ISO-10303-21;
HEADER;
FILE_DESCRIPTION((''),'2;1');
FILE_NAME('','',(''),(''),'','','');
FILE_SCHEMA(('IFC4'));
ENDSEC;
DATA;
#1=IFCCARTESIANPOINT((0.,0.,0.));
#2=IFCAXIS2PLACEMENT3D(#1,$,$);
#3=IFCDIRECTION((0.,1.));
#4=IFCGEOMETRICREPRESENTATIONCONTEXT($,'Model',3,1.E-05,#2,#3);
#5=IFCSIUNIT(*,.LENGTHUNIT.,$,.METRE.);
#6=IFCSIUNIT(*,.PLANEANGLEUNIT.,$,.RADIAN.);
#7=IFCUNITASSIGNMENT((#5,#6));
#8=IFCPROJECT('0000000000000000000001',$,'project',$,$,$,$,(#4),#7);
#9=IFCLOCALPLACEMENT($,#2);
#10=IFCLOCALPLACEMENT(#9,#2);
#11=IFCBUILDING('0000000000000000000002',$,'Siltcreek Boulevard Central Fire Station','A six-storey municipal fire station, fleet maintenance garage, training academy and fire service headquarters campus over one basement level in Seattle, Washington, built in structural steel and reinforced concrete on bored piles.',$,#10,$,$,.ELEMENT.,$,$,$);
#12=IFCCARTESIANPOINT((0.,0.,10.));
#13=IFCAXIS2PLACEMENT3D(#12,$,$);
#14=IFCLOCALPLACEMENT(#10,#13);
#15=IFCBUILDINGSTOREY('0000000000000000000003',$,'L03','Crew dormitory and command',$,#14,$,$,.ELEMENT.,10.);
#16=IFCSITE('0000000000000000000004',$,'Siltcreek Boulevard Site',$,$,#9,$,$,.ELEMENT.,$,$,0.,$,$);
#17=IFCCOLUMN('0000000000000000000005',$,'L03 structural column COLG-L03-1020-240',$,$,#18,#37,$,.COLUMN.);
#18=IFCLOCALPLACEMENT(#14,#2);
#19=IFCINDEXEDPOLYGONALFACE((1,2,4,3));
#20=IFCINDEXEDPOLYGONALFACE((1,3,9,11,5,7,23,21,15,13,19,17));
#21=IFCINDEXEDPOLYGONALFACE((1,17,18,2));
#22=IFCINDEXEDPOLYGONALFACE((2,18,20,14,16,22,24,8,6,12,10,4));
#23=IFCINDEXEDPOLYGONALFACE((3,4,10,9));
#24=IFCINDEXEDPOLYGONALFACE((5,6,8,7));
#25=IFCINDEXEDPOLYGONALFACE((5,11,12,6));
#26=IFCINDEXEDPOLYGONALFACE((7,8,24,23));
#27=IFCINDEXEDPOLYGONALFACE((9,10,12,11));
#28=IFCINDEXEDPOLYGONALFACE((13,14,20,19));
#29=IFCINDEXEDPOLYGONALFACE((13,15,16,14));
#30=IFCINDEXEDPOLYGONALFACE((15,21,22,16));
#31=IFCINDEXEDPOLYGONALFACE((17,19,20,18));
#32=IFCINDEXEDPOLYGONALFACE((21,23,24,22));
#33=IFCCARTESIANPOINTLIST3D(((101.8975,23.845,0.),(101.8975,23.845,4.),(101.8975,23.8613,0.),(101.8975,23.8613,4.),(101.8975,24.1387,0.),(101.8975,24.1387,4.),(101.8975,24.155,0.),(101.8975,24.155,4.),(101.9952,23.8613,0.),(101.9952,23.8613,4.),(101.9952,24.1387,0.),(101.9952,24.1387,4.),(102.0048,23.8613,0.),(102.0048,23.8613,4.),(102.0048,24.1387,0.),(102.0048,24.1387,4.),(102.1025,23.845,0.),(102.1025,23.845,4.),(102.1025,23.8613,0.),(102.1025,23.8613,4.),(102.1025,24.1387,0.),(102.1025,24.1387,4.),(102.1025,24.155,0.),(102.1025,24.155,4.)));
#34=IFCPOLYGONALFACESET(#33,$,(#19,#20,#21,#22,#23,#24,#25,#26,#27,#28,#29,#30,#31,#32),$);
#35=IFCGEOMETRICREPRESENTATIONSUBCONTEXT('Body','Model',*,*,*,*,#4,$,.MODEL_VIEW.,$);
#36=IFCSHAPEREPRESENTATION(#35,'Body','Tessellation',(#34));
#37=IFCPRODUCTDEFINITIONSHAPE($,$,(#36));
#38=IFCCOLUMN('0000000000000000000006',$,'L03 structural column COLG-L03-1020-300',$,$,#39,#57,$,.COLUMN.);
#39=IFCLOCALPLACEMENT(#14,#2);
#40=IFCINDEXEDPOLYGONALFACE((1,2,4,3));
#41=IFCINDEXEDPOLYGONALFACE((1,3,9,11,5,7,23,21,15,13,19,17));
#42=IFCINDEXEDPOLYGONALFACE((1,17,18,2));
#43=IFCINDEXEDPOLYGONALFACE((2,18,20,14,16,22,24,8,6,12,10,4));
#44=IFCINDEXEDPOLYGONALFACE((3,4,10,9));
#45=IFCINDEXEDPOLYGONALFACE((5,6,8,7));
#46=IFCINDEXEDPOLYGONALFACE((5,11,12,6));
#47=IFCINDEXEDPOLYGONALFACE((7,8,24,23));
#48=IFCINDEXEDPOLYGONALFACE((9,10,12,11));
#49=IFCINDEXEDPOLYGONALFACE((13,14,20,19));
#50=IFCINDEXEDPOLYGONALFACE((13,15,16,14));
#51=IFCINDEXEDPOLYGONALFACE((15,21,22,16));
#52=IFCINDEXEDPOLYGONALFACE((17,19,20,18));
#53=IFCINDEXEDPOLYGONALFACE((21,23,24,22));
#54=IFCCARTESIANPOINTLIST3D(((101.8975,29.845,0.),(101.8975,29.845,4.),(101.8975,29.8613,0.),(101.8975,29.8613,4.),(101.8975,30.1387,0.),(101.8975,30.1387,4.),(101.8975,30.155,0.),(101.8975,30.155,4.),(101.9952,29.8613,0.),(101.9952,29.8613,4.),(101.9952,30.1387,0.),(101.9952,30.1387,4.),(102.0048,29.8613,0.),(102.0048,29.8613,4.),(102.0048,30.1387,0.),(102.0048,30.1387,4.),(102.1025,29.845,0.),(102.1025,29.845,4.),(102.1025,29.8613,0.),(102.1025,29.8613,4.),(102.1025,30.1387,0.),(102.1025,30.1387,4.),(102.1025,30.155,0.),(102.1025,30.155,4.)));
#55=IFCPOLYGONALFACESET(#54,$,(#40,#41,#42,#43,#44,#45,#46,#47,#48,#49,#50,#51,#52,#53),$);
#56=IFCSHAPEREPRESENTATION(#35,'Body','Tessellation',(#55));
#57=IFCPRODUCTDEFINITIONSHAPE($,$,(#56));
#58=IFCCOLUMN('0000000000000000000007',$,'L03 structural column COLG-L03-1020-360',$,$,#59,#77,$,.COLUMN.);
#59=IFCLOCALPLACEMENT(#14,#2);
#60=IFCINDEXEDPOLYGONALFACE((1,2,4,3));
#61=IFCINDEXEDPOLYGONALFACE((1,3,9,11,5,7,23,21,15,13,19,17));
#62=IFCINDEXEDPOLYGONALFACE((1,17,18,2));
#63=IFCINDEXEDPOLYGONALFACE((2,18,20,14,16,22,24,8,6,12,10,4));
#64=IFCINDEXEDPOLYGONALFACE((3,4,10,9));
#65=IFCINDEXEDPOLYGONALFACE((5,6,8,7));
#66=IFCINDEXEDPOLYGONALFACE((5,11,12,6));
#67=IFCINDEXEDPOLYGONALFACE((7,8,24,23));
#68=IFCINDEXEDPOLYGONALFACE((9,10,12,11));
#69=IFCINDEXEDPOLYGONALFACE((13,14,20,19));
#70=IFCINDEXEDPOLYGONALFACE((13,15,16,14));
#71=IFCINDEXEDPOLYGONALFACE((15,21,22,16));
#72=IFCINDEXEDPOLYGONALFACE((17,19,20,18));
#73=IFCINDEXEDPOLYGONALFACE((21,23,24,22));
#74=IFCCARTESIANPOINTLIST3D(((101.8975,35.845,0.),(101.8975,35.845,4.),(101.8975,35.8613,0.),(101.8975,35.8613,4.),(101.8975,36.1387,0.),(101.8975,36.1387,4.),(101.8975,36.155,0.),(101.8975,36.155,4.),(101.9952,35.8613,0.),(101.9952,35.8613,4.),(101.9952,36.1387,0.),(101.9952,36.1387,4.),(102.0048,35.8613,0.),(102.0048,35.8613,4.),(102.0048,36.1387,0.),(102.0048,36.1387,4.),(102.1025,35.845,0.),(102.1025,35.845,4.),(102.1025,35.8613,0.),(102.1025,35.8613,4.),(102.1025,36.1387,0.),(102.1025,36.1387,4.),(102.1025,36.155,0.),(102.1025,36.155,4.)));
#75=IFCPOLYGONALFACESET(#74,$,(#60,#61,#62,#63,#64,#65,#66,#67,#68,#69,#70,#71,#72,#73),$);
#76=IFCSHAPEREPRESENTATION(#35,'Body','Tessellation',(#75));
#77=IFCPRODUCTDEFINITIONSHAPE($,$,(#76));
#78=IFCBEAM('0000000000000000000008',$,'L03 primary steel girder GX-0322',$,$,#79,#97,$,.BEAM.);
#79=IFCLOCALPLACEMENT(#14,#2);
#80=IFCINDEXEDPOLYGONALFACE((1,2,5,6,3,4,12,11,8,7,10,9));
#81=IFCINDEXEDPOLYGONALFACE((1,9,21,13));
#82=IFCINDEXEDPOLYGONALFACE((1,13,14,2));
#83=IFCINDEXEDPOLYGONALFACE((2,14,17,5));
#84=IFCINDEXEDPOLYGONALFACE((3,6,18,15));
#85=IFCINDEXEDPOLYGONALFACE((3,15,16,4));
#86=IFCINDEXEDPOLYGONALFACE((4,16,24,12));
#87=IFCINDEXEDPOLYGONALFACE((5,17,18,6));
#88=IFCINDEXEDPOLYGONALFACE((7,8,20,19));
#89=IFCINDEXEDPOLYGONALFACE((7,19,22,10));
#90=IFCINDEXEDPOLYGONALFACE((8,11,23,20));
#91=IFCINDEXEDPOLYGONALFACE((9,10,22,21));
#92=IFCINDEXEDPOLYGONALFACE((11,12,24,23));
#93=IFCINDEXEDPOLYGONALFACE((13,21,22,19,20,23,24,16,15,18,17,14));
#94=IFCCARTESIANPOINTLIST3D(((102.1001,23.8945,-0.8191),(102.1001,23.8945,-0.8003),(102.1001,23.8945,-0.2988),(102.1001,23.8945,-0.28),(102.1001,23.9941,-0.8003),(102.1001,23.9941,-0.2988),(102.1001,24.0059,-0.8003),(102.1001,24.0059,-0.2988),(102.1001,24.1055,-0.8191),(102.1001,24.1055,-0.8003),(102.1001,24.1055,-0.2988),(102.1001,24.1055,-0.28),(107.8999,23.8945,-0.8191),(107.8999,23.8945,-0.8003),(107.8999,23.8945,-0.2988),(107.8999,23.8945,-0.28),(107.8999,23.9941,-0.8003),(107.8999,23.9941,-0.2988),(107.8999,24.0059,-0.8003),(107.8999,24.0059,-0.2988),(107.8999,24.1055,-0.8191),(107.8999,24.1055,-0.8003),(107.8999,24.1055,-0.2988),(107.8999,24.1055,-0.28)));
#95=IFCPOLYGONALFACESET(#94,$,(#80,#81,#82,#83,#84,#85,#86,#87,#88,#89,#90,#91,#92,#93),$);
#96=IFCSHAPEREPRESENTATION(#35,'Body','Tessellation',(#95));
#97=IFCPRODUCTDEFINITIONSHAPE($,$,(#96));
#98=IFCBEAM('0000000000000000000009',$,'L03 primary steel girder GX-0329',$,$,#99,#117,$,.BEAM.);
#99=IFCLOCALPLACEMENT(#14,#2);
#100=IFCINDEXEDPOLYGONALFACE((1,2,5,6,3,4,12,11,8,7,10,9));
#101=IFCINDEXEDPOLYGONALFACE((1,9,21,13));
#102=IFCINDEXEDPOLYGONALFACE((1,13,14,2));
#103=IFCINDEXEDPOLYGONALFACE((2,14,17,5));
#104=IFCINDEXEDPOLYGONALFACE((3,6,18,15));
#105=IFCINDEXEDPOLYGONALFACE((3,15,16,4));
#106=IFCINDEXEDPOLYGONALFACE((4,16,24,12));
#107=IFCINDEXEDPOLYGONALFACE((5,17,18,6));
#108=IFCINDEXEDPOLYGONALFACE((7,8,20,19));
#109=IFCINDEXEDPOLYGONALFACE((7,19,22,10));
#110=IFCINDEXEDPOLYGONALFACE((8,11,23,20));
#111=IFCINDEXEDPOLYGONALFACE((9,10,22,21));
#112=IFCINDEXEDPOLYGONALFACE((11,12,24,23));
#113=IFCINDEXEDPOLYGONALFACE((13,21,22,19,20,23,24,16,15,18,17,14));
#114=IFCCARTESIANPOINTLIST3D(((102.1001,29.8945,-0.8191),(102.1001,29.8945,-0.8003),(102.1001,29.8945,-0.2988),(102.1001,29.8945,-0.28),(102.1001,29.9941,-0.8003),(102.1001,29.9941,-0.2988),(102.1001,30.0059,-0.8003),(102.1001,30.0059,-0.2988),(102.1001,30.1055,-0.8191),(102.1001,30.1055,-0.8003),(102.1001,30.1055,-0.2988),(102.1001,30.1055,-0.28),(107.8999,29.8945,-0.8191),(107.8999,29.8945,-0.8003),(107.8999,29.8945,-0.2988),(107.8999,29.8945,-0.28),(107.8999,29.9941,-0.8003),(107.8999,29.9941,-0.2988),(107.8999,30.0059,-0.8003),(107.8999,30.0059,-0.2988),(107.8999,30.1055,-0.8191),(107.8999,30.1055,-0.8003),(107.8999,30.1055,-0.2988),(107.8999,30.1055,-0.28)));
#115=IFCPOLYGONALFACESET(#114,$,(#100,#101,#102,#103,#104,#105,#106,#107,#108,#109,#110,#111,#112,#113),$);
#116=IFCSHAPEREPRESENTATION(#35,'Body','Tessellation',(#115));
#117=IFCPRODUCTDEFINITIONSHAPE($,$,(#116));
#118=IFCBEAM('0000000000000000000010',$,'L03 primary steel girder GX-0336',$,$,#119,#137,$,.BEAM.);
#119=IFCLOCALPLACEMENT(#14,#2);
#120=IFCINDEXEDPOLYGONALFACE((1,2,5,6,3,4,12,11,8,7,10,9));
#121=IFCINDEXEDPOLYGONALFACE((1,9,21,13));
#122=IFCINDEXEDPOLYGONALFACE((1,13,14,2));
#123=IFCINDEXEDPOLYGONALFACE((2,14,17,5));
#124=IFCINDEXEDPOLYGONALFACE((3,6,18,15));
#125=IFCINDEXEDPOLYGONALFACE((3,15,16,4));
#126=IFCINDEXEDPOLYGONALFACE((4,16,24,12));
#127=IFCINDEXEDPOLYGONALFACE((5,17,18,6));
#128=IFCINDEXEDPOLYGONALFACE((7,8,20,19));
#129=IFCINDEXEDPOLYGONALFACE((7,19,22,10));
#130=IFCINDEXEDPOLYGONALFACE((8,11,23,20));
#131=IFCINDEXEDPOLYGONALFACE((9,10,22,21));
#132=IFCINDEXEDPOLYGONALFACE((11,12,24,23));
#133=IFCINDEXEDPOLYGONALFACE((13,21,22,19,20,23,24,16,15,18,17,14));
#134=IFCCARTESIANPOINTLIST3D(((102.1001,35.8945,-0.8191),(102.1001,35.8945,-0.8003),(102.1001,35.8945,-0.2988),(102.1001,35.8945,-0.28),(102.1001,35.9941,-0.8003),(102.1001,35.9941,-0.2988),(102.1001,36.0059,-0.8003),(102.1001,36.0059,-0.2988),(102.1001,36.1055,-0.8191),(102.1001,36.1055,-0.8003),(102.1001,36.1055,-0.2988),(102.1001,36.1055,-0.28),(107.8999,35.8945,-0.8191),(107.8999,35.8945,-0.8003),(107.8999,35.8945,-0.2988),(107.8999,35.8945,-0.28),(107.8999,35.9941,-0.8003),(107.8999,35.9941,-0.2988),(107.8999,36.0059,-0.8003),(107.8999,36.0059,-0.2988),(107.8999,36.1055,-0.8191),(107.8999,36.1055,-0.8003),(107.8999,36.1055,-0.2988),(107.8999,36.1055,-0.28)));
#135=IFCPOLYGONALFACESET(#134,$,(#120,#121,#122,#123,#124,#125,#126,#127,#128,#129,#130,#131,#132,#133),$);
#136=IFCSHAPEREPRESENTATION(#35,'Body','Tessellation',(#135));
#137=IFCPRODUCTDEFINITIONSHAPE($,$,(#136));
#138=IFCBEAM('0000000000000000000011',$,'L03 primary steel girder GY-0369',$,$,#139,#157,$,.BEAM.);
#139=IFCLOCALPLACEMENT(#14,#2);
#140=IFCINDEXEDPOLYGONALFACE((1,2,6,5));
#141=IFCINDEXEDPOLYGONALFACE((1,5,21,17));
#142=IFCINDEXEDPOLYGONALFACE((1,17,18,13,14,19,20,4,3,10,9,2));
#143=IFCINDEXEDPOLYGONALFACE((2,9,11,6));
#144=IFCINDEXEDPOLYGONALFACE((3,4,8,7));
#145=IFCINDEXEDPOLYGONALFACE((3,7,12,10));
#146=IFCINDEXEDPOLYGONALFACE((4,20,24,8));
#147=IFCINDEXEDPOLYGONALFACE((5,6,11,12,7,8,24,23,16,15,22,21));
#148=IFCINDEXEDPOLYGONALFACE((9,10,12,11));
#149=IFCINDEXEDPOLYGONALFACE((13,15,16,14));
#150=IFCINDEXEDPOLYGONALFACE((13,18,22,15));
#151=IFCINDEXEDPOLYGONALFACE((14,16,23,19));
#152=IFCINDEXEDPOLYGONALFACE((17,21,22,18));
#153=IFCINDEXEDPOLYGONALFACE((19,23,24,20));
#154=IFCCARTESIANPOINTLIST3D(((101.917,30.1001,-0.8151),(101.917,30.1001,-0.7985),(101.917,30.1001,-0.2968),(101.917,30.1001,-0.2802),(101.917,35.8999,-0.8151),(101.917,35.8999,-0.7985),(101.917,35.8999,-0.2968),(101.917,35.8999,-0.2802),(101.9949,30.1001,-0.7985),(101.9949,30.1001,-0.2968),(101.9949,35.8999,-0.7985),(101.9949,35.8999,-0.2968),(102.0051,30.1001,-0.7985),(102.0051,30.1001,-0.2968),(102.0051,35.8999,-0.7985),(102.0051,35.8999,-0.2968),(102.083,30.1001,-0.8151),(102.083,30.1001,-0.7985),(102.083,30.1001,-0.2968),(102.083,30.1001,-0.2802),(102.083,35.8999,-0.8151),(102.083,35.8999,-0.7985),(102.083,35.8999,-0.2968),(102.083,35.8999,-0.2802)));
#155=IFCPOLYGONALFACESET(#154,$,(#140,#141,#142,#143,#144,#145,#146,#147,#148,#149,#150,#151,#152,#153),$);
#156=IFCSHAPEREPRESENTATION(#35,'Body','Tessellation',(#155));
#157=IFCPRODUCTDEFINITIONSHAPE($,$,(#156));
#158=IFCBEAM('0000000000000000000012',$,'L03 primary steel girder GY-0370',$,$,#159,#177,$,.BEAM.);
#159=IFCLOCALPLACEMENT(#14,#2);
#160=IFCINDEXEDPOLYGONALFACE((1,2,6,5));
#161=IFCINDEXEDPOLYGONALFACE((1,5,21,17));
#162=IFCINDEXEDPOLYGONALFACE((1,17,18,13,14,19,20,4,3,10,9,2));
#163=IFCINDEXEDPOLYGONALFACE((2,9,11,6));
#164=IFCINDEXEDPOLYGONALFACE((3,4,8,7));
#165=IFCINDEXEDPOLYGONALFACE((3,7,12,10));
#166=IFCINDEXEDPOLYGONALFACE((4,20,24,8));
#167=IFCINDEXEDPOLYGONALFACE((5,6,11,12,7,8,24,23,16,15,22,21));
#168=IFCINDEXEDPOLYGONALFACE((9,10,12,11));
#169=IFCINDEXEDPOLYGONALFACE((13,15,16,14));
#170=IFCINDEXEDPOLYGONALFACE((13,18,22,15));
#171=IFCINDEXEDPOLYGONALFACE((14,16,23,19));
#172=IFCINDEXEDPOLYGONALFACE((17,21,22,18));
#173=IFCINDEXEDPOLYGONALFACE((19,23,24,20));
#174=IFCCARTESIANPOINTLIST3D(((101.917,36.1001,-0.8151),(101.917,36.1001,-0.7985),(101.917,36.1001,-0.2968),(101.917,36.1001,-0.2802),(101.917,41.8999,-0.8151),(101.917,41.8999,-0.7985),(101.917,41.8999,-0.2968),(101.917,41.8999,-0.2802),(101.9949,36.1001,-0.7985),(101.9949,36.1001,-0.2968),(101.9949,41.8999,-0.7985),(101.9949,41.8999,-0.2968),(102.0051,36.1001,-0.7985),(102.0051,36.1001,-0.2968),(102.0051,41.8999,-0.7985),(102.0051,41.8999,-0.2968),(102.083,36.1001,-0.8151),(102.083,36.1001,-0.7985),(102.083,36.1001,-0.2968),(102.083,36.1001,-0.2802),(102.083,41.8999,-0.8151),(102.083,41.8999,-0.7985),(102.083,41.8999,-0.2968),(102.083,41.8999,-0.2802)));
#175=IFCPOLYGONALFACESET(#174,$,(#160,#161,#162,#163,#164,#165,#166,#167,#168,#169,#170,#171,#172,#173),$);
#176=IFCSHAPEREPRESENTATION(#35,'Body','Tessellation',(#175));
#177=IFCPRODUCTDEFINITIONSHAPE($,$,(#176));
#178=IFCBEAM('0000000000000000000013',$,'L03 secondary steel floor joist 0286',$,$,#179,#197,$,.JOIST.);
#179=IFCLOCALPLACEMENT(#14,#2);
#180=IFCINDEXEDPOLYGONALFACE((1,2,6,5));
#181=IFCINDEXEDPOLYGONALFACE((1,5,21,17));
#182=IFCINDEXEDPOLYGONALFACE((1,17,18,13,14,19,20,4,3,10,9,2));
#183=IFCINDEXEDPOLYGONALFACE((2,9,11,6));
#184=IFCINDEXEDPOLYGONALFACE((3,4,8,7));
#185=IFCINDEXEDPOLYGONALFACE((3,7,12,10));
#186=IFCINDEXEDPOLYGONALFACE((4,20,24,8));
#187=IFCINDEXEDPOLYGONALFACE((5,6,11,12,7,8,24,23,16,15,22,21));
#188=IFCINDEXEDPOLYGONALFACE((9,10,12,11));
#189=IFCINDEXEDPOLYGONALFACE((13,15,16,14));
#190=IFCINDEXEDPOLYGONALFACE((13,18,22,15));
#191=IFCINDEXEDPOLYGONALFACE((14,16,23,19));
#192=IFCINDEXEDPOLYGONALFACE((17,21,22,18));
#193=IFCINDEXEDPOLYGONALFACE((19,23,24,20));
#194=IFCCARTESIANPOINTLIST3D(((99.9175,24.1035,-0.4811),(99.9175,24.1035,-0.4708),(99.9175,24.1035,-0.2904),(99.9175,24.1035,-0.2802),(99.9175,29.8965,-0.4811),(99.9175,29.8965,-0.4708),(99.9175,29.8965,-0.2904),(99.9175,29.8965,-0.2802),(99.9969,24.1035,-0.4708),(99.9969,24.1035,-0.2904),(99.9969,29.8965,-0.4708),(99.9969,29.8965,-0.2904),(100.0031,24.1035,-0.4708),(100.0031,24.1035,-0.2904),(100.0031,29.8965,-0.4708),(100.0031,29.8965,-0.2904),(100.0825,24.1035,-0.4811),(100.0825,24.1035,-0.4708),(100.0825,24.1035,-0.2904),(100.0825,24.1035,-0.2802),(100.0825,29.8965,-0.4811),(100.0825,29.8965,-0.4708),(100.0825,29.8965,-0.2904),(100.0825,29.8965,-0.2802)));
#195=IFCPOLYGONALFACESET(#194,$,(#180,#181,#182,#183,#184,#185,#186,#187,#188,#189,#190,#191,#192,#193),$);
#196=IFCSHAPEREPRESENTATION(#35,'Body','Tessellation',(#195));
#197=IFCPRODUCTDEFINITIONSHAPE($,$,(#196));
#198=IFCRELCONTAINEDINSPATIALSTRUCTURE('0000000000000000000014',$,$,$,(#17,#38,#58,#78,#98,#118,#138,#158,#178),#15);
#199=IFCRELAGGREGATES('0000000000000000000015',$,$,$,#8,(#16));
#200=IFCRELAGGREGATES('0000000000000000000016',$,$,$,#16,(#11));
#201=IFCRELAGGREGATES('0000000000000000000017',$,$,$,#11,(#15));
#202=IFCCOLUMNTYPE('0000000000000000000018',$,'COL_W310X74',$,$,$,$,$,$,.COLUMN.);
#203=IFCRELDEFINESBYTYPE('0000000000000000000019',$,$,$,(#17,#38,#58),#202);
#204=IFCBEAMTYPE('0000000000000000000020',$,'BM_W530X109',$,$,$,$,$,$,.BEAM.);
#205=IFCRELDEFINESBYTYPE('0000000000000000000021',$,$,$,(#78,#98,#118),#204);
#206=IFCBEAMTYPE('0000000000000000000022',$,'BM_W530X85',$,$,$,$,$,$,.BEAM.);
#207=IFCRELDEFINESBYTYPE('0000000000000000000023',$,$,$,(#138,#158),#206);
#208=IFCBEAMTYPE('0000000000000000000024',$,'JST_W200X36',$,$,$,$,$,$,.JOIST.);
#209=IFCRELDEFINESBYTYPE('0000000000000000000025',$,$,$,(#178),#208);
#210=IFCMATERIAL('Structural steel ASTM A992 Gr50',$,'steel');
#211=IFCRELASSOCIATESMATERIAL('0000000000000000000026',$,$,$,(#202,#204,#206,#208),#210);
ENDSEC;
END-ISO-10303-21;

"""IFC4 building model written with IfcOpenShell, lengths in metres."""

from ifc_helpers import new_model, si_unit, direction, frame, origin, origin_2d, place, context, subcontext, project, spatial, i_section, extrude, material, material_profile, profile_set, type_object, element, save


model = new_model("IFC4")

# Units and contexts
model_context = context("Model", 3, precision=1e-05, world=origin(), true_north=direction((0.0, 1.0)))
body_context = subcontext(model_context, "Body", "Model", "MODEL_VIEW")
ifc_project = project(units=[si_unit("LENGTHUNIT", "METRE"), si_unit("PLANEANGLEUNIT", "RADIAN")], contexts=[model_context])

# Site, building, storey
site_placement = place(None, origin())
site = spatial("IfcSite", under=ifc_project, at=site_placement, Name="Siltcreek Boulevard Site", CompositionType="ELEMENT", RefElevation=0.0)
building_placement = place(site_placement, origin())
building = spatial("IfcBuilding", under=site, at=building_placement, Name="Siltcreek Boulevard Central Fire Station", Description="A six-storey municipal fire station, fleet maintenance garage, training academy and fire service headquarters campus over one basement level in Seattle, Washington, built in structural steel and reinforced concrete on bored piles.", CompositionType="ELEMENT")
storey_placement = place(building_placement, frame((0.0, 0.0, 10.0)))
storey = spatial("IfcBuildingStorey", under=building, at=storey_placement, Name="L03", Description="Crew dormitory and command", CompositionType="ELEMENT", Elevation=10.0)

# Columns
ifc_material_1 = material(Name="Structural steel ASTM A992 Gr50", Category="steel")
ifc_material_profile_1 = material_profile(ifc_material_1, i_section(OverallWidth=0.2051, OverallDepth=0.3101, WebThickness=0.0095, FlangeThickness=0.0164, at=origin_2d()), Name="W310X74")
ifc_profile_set_1 = profile_set([ifc_material_profile_1], Name="Structural steel ASTM A992 Gr50")
column_type = type_object("IfcColumnType", Name="COL_W310X74", PredefinedType="COLUMN", material=ifc_profile_set_1)
for number, where, z_axis, x_axis, name in (
    (1, (102.0, 24.0, 0.0), (0.0, 0.0, 1.0), (1.0, 0.0, 0.0), "L03 structural column COLG-L03-1020-240"),
    (2, (102.0, 30.0, 0.0), (0.0, 0.0, 1.0), (1.0, 0.0, 0.0), "L03 structural column COLG-L03-1020-300"),
    (3, (102.0, 36.0, 0.0), (0.0, 0.0, 1.0), (1.0, 0.0, 0.0), "L03 structural column COLG-L03-1020-360"),
):
    element("IfcColumn", number, at=place(storey_placement, frame(where, z_axis=z_axis, x_axis=x_axis)), inside=storey, type_object=column_type, Name=name, PredefinedType="COLUMN", context=body_context, shape_type="SweptSolid", body=[
        extrude(i_section(OverallWidth=0.2051, OverallDepth=0.3101, WebThickness=0.0095, FlangeThickness=0.0164, at=origin_2d()), origin(), (0.0, 0.0, 1.0), 4.0),
    ])

# Beams
ifc_material_profile_2 = material_profile(ifc_material_1, i_section(OverallWidth=0.2109, OverallDepth=0.5391, WebThickness=0.0117, FlangeThickness=0.0188, at=origin_2d()), Name="W530X109")
ifc_profile_set_2 = profile_set([ifc_material_profile_2], Name="Structural steel ASTM A992 Gr50")
beam_type_1 = type_object("IfcBeamType", Name="BM_W530X109", PredefinedType="BEAM", material=ifc_profile_set_2)
for number, where, z_axis, x_axis, name in (
    (4, (102.1001, 24.0, -0.5496), (1.0, 0.0, 0.0), (0.0, 1.0, 0.0), "L03 primary steel girder GX-0322"),
    (5, (102.1001, 30.0, -0.5496), (1.0, 0.0, 0.0), (0.0, 1.0, 0.0), "L03 primary steel girder GX-0329"),
    (6, (102.1001, 36.0, -0.5496), (1.0, 0.0, 0.0), (0.0, 1.0, 0.0), "L03 primary steel girder GX-0336"),
):
    element("IfcBeam", number, at=place(storey_placement, frame(where, z_axis=z_axis, x_axis=x_axis)), inside=storey, type_object=beam_type_1, Name=name, PredefinedType="BEAM", context=body_context, shape_type="SweptSolid", body=[
        extrude(i_section(OverallWidth=0.2109, OverallDepth=0.5391, WebThickness=0.0117, FlangeThickness=0.0188, at=origin_2d()), origin(), (0.0, 0.0, 1.0), 5.7998),
    ])
ifc_material_profile_3 = material_profile(ifc_material_1, i_section(OverallWidth=0.166, OverallDepth=0.5349, WebThickness=0.0103, FlangeThickness=0.0166, at=origin_2d()), Name="W530X85")
ifc_profile_set_3 = profile_set([ifc_material_profile_3], Name="Structural steel ASTM A992 Gr50")
beam_type_2 = type_object("IfcBeamType", Name="BM_W530X85", PredefinedType="BEAM", material=ifc_profile_set_3)
for number, where, z_axis, x_axis, name in (
    (7, (102.0, 30.1001, -0.5476), (0.0, 1.0, 0.0), (-1.0, 0.0, 0.0), "L03 primary steel girder GY-0369"),
    (8, (102.0, 36.1001, -0.5476), (0.0, 1.0, 0.0), (-1.0, 0.0, 0.0), "L03 primary steel girder GY-0370"),
):
    element("IfcBeam", number, at=place(storey_placement, frame(where, z_axis=z_axis, x_axis=x_axis)), inside=storey, type_object=beam_type_2, Name=name, PredefinedType="BEAM", context=body_context, shape_type="SweptSolid", body=[
        extrude(i_section(OverallWidth=0.166, OverallDepth=0.5349, WebThickness=0.0103, FlangeThickness=0.0166, at=origin_2d()), origin(), (0.0, 0.0, 1.0), 5.7998),
    ])
ifc_material_profile_4 = material_profile(ifc_material_1, i_section(OverallWidth=0.165, OverallDepth=0.2009, WebThickness=0.0061, FlangeThickness=0.0103, at=origin_2d()), Name="W200X36")
ifc_profile_set_4 = profile_set([ifc_material_profile_4], Name="Structural steel ASTM A992 Gr50")
beam_type_3 = type_object("IfcBeamType", Name="JST_W200X36", PredefinedType="JOIST", material=ifc_profile_set_4)
for number, where, z_axis, x_axis, name in (
    (9, (100.0, 24.1035, -0.3806), (0.0, 1.0, 0.0), (-1.0, 0.0, 0.0), "L03 secondary steel floor joist 0286"),
):
    element("IfcBeam", number, at=place(storey_placement, frame(where, z_axis=z_axis, x_axis=x_axis)), inside=storey, type_object=beam_type_3, Name=name, PredefinedType="JOIST", context=body_context, shape_type="SweptSolid", body=[
        extrude(i_section(OverallWidth=0.165, OverallDepth=0.2009, WebThickness=0.0061, FlangeThickness=0.0103, at=origin_2d()), origin(), (0.0, 0.0, 1.0), 5.793),
    ])

save(model, "model.ifc")
